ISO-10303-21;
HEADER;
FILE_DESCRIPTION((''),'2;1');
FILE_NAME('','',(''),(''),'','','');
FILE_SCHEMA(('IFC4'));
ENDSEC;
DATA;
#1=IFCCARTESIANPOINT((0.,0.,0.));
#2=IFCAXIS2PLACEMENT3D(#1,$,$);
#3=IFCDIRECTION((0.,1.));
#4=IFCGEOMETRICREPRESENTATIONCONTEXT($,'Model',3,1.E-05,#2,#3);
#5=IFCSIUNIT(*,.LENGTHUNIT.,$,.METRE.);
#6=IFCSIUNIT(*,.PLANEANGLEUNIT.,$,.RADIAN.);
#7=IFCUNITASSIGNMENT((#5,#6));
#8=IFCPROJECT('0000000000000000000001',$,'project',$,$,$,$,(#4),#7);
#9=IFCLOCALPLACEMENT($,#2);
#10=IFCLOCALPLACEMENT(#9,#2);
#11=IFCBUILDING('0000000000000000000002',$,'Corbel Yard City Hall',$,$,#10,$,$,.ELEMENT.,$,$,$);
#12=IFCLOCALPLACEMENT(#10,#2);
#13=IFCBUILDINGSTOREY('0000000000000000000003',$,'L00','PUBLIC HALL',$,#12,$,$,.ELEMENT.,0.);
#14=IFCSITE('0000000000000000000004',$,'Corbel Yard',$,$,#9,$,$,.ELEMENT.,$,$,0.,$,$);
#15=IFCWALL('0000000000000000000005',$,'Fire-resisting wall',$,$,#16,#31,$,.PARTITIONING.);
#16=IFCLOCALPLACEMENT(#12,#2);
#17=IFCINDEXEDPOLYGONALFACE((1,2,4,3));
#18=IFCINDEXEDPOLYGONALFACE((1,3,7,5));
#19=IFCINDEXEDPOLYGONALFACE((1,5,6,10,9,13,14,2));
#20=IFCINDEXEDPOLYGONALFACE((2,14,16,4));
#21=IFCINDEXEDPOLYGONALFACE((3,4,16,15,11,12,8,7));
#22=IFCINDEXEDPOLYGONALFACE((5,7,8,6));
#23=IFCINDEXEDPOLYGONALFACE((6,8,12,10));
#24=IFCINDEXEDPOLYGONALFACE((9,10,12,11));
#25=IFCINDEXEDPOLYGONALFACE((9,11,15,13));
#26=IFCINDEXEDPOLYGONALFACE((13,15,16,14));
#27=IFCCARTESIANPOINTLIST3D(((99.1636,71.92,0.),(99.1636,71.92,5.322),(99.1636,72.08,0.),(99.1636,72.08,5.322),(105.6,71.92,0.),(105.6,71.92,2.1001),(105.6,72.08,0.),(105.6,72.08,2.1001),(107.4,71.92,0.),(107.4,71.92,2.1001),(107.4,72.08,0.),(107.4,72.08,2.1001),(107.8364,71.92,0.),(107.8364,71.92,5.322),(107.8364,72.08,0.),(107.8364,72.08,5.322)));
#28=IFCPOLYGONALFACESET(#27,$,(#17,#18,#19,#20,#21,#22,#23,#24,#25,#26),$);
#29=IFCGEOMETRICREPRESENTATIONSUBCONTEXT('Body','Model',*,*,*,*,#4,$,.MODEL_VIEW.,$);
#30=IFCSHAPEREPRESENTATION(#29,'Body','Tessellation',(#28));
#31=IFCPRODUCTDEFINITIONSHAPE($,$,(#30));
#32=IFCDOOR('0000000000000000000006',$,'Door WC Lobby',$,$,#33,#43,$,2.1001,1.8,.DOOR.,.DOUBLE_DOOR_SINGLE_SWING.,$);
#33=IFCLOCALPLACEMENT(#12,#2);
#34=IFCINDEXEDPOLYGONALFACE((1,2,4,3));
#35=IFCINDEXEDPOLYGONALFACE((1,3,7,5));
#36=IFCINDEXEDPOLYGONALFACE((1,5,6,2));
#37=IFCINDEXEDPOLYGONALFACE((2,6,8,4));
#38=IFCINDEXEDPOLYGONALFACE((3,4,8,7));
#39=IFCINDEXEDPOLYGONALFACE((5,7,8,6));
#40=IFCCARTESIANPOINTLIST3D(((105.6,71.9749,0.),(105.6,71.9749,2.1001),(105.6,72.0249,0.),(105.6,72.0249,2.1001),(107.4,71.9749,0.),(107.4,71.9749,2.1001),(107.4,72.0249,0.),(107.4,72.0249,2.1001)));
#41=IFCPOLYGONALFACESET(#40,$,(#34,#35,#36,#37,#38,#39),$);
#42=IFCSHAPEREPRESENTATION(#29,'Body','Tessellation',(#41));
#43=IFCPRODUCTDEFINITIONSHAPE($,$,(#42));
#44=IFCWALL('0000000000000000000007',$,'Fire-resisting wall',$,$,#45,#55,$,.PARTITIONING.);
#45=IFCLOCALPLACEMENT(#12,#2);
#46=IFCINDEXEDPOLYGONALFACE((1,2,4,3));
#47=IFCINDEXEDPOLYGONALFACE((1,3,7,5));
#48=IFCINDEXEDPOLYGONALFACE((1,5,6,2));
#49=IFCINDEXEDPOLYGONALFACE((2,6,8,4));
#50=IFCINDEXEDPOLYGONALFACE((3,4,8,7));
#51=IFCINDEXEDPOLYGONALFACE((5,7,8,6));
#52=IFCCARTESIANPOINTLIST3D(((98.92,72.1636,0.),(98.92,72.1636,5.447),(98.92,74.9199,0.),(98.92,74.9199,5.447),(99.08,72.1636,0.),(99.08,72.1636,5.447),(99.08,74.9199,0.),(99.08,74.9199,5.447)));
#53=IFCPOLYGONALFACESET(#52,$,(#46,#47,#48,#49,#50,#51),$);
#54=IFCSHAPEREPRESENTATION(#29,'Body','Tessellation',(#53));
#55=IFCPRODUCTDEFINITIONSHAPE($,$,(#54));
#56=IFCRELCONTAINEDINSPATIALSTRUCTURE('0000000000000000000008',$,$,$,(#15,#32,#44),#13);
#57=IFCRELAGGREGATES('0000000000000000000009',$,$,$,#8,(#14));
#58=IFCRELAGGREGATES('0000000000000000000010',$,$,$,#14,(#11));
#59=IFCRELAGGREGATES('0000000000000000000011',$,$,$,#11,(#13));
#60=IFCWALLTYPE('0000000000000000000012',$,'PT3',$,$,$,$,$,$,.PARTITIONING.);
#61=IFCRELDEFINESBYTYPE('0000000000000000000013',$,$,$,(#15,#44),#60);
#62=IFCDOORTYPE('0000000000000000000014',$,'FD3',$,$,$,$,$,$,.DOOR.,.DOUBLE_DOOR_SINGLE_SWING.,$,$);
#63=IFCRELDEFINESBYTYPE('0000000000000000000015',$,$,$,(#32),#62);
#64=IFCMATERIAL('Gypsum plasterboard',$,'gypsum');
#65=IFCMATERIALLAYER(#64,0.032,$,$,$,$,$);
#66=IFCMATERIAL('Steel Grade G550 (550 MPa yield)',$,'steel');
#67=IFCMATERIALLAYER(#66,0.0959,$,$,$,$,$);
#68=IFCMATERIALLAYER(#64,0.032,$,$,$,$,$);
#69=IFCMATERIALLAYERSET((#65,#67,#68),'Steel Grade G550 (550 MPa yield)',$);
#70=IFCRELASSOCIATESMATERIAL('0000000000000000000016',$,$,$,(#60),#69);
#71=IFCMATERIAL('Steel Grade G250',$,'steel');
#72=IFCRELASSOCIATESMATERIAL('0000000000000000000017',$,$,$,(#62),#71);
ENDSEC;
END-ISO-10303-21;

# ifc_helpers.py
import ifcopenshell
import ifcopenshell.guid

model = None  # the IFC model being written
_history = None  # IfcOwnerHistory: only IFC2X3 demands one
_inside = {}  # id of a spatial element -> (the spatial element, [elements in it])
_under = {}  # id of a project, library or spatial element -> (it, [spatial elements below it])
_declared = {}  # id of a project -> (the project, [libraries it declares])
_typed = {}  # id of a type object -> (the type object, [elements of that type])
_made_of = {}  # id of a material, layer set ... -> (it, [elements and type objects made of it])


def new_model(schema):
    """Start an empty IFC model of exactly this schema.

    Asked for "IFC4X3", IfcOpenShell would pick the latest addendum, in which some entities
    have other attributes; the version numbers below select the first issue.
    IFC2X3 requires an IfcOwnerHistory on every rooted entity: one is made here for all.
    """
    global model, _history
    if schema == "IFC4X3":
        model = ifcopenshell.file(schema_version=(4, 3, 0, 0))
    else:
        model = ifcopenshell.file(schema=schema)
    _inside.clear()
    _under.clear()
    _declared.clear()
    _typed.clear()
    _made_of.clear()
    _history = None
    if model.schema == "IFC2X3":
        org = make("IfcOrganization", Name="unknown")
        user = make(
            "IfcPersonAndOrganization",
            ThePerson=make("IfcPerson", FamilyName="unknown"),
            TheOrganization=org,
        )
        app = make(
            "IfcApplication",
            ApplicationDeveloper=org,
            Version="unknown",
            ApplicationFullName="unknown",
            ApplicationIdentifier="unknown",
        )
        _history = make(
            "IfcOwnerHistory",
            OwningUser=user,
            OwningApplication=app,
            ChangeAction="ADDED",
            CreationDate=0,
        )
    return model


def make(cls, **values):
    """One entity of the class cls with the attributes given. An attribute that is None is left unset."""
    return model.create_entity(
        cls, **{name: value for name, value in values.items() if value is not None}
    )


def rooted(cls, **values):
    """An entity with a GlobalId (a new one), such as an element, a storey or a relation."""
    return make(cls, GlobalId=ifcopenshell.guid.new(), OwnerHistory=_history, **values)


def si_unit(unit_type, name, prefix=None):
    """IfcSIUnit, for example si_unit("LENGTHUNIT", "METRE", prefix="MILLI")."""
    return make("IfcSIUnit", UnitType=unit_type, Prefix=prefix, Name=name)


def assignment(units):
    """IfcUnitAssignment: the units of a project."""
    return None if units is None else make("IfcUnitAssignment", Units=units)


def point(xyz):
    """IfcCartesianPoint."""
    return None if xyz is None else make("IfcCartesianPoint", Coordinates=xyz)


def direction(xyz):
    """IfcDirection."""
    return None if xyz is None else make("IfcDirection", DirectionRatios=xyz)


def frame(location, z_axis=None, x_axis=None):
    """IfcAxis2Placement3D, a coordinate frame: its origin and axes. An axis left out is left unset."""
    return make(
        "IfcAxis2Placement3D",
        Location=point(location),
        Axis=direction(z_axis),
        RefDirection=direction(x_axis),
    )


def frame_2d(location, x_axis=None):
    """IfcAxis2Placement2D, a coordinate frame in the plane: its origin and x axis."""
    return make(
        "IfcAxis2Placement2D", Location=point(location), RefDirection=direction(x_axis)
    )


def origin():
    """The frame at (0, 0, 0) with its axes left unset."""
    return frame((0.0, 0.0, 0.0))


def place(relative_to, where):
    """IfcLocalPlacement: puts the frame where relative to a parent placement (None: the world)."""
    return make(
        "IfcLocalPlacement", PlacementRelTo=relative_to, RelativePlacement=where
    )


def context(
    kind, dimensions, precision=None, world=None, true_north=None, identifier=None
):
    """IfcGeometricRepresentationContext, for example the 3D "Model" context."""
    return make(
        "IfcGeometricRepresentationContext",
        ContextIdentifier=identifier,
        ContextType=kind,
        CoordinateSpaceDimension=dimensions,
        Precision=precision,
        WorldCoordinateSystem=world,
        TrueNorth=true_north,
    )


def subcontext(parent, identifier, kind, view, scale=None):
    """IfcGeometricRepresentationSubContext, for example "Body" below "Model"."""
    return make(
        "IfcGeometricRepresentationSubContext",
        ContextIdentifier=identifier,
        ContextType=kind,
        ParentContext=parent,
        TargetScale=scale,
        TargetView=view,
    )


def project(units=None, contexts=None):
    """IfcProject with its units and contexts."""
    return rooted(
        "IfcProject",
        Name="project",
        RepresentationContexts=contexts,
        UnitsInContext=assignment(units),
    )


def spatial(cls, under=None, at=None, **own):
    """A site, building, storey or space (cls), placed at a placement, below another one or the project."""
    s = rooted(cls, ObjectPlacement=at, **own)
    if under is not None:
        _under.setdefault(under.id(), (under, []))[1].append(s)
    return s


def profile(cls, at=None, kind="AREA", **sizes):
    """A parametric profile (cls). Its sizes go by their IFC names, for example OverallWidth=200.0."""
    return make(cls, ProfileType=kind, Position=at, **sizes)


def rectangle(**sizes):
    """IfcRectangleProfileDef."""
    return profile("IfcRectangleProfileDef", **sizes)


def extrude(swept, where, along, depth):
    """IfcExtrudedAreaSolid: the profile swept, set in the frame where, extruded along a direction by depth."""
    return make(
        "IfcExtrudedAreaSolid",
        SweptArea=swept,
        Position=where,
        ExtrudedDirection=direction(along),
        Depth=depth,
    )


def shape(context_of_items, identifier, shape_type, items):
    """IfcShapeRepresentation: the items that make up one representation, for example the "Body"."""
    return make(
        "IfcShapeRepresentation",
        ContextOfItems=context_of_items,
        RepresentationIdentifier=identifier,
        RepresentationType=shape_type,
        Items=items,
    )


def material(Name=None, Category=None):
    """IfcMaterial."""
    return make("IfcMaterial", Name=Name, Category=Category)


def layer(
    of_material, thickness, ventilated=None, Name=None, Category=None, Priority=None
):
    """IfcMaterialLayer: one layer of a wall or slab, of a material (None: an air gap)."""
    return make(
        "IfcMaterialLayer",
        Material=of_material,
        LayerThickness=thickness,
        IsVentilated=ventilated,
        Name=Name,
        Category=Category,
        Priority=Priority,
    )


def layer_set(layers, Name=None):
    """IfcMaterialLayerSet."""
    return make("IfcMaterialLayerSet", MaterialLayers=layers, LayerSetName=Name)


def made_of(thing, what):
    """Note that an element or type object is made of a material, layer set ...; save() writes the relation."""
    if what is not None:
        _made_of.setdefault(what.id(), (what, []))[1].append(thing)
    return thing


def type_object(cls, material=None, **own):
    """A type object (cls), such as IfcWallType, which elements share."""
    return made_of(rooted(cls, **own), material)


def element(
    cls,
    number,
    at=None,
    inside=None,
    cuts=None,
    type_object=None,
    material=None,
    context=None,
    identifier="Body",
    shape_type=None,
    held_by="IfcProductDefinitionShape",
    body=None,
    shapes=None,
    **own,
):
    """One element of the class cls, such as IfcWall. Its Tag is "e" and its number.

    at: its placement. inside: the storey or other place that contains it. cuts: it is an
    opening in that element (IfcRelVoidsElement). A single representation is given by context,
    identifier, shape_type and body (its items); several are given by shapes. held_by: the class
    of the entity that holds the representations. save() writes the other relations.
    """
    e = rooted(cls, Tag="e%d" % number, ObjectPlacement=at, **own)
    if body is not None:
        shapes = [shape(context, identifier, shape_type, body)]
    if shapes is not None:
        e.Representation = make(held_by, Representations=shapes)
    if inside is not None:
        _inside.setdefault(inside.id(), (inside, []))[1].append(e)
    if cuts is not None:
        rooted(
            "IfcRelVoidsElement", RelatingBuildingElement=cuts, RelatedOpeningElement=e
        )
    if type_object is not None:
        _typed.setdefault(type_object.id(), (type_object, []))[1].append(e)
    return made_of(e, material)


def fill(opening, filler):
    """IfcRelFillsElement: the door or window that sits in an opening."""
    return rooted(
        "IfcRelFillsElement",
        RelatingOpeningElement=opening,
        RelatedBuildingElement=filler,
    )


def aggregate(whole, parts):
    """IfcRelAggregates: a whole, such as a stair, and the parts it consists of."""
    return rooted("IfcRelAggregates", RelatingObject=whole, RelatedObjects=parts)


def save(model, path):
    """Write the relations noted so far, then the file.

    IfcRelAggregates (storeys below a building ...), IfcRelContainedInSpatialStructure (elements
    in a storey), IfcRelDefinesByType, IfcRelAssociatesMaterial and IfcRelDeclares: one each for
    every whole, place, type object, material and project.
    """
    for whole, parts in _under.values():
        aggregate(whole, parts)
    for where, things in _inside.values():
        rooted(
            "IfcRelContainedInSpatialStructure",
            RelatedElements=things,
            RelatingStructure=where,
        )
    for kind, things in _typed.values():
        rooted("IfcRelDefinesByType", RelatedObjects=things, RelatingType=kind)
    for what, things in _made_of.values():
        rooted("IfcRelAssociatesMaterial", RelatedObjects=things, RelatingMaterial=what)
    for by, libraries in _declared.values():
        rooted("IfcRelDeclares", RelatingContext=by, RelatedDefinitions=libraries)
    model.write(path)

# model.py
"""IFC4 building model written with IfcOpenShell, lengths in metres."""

from ifc_helpers import new_model, si_unit, direction, frame, frame_2d, origin, place, context, subcontext, project, spatial, rectangle, extrude, material, layer, layer_set, type_object, element, fill, save


model = new_model("IFC4")

# Units and contexts
model_context = context("Model", 3, precision=1e-05, world=origin(), true_north=direction((0.0, 1.0)))
body_context = subcontext(model_context, "Body", "Model", "MODEL_VIEW")
ifc_project = project(units=[si_unit("LENGTHUNIT", "METRE"), si_unit("PLANEANGLEUNIT", "RADIAN")], contexts=[model_context])

# Site, building, storey
site_placement = place(None, origin())
site = spatial("IfcSite", under=ifc_project, at=site_placement, Name="Corbel Yard", CompositionType="ELEMENT", RefElevation=0.0)
building_placement = place(site_placement, origin())
building = spatial("IfcBuilding", under=site, at=building_placement, Name="Corbel Yard City Hall", CompositionType="ELEMENT")
storey_placement = place(building_placement, origin())
storey = spatial("IfcBuildingStorey", under=building, at=storey_placement, Name="L00", Description="PUBLIC HALL", CompositionType="ELEMENT", Elevation=0.0)

# Wall, opening, door
ifc_material_1 = material(Name="Gypsum plasterboard", Category="gypsum")
ifc_layer_1 = layer(ifc_material_1, 0.032)
ifc_material_2 = material(Name="Steel Grade G550 (550 MPa yield)", Category="steel")
ifc_layer_2 = layer(ifc_material_2, 0.0959)
ifc_layer_3 = layer(ifc_material_1, 0.032)
ifc_layer_set = layer_set([ifc_layer_1, ifc_layer_2, ifc_layer_3], Name="Steel Grade G550 (550 MPa yield)")
wall_type = type_object("IfcWallType", Name="PT3", PredefinedType="PARTITIONING", material=ifc_layer_set)
wall_1_placement = place(storey_placement, frame((99.1636, 72.0, 0.0), z_axis=(0.0, 0.0, 1.0), x_axis=(1.0, 0.0, 0.0)))
wall_1 = element("IfcWall", 1, at=wall_1_placement, inside=storey, type_object=wall_type, Name="Fire-resisting wall", PredefinedType="PARTITIONING", context=body_context, shape_type="SweptSolid", body=[
    extrude(rectangle(XDim=8.6729, YDim=0.1599, at=frame_2d((4.3364, 0.0))), origin(), (0.0, 0.0, 1.0), 5.322),
])
opening_placement = place(wall_1_placement, frame((6.4365, 0.0, 0.0)))
opening = element("IfcOpeningElement", 2, at=opening_placement, cuts=wall_1, PredefinedType="OPENING", context=body_context, shape_type="SweptSolid", body=[
    extrude(rectangle(XDim=1.8, YDim=2.1001, at=frame_2d((0.8999, 1.05))), frame((0.0, 0.0898, 0.0), z_axis=(0.0, -1.0, 0.0), x_axis=(1.0, 0.0, 0.0)), (0.0, 0.0, 1.0), 0.1799),
])
ifc_material_3 = material(Name="Steel Grade G250", Category="steel")
door_type = type_object("IfcDoorType", Name="FD3", OperationType="DOUBLE_DOOR_SINGLE_SWING", PredefinedType="DOOR", material=ifc_material_3)
door_placement = place(opening_placement, origin())
door = element("IfcDoor", 3, at=door_placement, inside=storey, type_object=door_type, Name="Door WC Lobby", OperationType="DOUBLE_DOOR_SINGLE_SWING", OverallHeight=2.1001, OverallWidth=1.8, PredefinedType="DOOR", context=body_context, shape_type="SweptSolid", body=[
    extrude(rectangle(XDim=1.8, YDim=2.1001, at=frame_2d((0.8999, 1.05))), frame((0.0, 0.0249, 0.0), z_axis=(0.0, -1.0, 0.0), x_axis=(1.0, 0.0, 0.0)), (0.0, 0.0, 1.0), 0.05),
])
fill(opening, door)

# Wall
wall_2_placement = place(storey_placement, frame((99.0, 72.1636, 0.0), z_axis=(0.0, 0.0, 1.0), x_axis=(0.0, 1.0, 0.0)))
element("IfcWall", 4, at=wall_2_placement, inside=storey, type_object=wall_type, Name="Fire-resisting wall", PredefinedType="PARTITIONING", context=body_context, shape_type="SweptSolid", body=[
    extrude(rectangle(XDim=2.7563, YDim=0.1599, at=frame_2d((1.3782, 0.0))), origin(), (0.0, 0.0, 1.0), 5.447),
])

save(model, "model.ifc")
